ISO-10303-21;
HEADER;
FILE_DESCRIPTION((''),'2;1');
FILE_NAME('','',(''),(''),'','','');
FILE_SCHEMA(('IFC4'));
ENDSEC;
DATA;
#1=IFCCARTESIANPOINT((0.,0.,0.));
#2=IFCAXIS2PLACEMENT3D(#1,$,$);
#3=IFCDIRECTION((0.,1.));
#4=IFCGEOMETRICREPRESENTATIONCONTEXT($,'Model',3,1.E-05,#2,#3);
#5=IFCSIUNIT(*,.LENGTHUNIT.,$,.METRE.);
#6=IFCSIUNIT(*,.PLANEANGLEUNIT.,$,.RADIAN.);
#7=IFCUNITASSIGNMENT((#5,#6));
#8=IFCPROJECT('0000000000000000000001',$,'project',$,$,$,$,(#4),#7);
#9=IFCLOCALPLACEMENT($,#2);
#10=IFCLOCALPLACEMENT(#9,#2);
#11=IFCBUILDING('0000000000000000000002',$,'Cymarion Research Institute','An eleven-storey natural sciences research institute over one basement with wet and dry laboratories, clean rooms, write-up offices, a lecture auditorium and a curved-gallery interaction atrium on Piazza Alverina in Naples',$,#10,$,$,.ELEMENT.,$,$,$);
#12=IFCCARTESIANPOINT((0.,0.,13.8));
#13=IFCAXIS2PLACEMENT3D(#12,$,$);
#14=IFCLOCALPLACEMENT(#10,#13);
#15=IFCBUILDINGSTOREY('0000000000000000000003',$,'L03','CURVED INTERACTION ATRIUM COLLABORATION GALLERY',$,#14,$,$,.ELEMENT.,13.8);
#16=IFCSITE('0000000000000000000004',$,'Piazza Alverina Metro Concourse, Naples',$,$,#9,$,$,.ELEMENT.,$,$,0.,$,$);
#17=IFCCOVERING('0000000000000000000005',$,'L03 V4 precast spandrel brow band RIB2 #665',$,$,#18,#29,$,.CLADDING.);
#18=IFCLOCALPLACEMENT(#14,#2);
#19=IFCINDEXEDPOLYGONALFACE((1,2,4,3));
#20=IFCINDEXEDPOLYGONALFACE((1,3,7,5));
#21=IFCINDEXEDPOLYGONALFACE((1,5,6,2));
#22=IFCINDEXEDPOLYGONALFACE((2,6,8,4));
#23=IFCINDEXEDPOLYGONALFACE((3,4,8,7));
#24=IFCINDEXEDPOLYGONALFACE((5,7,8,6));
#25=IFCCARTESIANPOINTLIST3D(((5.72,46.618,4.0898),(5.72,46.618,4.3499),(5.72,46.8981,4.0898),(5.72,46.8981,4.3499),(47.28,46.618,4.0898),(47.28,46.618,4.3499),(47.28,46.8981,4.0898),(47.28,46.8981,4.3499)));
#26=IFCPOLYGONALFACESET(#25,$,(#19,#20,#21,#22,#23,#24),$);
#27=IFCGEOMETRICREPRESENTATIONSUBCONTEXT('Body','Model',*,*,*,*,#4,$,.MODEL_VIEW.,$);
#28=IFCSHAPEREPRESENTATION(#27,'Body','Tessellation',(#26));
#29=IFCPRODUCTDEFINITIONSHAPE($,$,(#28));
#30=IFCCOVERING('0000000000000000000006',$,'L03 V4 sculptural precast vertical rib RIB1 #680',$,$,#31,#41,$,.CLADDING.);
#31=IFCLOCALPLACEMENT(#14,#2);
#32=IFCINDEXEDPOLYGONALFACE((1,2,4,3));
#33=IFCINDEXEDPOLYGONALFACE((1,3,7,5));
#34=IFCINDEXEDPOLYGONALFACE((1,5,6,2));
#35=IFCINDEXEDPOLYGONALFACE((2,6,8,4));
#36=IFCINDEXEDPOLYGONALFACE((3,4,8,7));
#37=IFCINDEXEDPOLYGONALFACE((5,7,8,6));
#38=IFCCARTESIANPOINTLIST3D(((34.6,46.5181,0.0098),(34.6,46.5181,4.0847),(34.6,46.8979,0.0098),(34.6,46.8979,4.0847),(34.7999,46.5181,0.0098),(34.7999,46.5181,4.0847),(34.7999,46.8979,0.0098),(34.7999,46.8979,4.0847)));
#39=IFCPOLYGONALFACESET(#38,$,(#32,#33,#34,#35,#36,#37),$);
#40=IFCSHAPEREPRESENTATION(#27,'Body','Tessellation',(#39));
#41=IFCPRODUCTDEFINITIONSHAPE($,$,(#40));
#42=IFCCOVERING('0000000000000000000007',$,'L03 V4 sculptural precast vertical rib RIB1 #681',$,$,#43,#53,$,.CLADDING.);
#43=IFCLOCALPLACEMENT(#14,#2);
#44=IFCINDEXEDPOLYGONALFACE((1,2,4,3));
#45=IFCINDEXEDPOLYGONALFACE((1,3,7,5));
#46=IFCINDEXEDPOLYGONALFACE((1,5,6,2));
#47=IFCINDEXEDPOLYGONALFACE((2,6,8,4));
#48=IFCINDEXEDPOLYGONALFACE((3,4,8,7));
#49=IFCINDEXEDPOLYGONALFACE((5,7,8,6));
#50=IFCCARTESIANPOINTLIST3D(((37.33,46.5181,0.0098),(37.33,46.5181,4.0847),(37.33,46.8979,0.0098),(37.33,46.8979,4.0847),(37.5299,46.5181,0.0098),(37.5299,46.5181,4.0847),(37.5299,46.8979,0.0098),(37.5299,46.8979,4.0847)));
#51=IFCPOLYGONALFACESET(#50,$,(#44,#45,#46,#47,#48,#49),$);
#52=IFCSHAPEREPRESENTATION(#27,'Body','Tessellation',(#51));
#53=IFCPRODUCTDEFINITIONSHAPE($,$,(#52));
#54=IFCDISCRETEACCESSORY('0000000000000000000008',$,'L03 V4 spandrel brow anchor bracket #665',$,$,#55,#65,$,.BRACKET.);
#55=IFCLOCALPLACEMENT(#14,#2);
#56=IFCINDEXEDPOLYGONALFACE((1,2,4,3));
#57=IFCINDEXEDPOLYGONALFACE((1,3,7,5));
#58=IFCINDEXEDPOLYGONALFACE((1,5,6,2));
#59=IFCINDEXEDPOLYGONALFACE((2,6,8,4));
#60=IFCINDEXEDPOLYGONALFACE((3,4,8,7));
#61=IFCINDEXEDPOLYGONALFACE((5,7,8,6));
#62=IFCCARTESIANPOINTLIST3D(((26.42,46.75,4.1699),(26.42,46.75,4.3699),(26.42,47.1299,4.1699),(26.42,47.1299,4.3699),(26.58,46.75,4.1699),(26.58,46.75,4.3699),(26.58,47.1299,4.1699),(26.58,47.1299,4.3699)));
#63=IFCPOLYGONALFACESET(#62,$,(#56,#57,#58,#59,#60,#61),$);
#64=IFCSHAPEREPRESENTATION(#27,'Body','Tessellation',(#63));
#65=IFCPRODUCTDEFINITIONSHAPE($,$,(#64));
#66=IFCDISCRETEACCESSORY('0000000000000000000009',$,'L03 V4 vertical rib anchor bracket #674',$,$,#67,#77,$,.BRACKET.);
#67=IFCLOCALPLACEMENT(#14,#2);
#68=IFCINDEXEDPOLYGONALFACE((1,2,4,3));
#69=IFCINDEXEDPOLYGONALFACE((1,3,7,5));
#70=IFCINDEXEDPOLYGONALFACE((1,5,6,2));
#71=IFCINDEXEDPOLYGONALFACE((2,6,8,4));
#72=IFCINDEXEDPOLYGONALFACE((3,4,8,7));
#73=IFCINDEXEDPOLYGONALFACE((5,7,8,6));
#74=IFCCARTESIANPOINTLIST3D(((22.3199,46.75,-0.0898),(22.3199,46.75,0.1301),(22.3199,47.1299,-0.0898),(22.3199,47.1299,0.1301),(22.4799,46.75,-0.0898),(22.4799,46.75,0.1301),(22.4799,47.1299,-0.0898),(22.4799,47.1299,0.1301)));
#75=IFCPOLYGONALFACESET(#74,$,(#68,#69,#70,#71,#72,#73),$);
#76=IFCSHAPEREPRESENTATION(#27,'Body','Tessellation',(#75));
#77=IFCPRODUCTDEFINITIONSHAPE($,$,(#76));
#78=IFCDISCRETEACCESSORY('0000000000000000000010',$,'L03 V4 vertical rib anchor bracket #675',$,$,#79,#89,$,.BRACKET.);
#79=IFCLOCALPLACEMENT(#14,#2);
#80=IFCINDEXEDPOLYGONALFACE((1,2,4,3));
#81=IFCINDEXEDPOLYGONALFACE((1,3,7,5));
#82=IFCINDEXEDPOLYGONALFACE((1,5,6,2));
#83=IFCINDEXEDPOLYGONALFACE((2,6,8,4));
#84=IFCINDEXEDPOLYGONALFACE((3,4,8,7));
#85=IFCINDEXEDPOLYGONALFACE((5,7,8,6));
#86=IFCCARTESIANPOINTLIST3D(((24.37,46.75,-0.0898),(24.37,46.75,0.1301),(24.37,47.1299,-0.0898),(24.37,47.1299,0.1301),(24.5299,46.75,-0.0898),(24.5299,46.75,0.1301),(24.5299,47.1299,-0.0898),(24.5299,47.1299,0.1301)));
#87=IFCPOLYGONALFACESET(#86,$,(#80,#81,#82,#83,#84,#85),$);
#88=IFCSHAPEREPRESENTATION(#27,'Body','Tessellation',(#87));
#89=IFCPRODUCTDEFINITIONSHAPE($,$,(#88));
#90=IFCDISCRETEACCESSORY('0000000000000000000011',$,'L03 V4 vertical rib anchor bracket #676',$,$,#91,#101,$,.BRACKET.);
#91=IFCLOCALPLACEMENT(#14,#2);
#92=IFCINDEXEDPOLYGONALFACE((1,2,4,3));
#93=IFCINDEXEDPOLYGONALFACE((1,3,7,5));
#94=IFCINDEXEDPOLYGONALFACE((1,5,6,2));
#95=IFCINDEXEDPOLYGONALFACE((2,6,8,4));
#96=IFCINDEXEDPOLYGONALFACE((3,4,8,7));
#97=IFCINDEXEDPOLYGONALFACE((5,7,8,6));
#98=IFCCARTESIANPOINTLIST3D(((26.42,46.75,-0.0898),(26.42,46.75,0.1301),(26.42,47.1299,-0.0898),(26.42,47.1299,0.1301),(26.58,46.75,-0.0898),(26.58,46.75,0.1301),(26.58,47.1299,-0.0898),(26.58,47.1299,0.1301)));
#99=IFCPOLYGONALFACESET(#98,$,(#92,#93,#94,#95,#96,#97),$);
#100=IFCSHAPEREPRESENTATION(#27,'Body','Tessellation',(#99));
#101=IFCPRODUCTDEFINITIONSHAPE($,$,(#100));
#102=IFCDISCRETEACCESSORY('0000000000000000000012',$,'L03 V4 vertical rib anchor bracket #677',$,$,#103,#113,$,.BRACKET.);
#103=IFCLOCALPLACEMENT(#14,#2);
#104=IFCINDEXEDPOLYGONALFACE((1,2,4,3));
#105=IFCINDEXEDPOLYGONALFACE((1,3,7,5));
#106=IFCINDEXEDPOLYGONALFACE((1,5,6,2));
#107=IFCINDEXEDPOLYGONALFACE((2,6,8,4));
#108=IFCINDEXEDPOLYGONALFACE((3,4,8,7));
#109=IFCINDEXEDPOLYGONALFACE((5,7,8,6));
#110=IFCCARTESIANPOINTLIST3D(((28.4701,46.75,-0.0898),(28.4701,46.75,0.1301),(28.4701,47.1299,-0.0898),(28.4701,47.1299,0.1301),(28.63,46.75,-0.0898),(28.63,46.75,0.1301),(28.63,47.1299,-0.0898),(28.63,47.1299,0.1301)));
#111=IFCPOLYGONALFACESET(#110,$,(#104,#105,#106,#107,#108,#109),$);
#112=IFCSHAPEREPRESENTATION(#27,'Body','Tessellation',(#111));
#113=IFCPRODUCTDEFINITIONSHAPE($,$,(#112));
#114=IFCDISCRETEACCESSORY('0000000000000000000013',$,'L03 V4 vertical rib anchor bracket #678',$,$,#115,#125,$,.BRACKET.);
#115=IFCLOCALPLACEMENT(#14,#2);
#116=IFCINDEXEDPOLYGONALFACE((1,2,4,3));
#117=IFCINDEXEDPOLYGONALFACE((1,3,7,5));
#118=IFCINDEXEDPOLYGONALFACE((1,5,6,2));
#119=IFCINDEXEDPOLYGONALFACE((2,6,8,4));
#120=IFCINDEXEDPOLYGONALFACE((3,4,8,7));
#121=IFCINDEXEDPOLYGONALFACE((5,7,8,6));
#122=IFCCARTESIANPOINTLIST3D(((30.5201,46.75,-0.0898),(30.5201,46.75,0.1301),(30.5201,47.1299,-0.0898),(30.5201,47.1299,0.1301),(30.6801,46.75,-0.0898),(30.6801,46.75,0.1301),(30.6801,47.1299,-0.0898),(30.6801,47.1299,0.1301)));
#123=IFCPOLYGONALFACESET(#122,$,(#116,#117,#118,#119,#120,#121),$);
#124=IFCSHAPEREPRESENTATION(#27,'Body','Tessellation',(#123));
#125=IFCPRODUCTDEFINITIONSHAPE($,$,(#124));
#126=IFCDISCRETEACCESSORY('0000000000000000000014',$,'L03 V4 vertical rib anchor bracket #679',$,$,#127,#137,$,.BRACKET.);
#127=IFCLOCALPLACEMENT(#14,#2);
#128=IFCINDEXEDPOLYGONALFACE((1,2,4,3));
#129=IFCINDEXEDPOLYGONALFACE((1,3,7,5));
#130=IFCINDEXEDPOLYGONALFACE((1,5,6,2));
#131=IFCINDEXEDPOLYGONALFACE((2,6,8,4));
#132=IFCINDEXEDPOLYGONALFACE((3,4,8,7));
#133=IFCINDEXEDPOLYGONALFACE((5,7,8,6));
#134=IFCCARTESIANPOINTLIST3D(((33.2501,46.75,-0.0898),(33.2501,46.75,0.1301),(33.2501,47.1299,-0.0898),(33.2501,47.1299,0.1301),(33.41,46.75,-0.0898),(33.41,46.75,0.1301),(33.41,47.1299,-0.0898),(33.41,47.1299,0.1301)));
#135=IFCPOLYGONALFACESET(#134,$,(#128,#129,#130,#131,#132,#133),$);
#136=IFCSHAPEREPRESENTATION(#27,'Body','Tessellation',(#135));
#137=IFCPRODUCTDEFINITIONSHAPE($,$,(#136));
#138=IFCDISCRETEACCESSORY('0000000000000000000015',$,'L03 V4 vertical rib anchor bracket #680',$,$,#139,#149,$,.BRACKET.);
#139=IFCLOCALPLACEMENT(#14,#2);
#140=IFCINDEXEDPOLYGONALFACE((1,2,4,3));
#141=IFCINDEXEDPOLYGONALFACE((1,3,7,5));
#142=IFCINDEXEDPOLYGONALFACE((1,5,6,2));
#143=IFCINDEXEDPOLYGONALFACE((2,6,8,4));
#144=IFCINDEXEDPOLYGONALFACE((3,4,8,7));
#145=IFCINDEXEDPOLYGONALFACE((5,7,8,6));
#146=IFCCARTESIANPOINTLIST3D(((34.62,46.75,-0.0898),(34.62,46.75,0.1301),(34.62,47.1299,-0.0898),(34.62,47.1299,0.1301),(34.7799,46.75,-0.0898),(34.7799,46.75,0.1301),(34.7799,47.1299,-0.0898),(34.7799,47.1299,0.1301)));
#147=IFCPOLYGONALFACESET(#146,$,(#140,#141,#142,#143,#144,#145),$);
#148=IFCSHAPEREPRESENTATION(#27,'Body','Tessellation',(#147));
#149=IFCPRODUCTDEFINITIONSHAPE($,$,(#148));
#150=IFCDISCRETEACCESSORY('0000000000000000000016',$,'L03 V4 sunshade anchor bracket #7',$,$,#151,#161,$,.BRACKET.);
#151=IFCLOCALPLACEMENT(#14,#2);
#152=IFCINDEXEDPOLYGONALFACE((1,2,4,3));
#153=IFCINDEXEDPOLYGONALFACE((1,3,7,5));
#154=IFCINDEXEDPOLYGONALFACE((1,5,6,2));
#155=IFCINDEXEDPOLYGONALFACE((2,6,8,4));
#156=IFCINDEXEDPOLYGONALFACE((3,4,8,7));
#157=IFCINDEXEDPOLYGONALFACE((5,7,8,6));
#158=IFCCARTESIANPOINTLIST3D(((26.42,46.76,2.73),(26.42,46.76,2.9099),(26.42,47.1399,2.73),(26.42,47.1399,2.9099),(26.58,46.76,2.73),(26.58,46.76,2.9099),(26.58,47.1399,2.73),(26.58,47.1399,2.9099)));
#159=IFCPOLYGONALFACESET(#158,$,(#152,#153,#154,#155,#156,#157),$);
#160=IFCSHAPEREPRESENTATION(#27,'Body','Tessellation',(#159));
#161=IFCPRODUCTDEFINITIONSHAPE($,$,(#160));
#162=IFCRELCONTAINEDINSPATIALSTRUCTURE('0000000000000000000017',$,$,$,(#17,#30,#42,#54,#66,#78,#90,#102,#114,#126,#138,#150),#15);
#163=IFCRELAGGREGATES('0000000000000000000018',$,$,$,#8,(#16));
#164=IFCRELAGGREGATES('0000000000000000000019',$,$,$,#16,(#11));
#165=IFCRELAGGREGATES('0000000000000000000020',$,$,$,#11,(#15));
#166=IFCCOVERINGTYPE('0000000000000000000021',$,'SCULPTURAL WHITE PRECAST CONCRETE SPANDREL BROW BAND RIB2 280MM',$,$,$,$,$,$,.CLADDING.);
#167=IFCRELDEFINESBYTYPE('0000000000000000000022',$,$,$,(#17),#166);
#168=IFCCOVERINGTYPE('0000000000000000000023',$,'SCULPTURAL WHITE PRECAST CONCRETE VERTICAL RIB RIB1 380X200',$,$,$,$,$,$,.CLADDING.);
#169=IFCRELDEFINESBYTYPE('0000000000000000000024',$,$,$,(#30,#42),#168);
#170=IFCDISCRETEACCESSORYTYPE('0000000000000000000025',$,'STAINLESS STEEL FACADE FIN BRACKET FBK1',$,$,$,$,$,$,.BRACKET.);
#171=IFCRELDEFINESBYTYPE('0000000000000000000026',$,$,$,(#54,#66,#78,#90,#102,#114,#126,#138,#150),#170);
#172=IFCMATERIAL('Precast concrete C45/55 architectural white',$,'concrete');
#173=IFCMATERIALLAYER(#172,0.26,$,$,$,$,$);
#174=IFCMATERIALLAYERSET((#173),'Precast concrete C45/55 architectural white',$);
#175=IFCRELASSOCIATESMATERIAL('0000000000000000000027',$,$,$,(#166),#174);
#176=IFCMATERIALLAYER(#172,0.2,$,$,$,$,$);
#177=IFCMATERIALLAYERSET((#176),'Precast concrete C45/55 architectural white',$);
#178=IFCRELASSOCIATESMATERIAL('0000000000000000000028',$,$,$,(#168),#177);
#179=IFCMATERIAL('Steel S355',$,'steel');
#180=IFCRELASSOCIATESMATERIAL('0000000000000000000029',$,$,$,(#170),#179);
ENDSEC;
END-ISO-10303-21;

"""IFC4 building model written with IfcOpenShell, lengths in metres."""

from ifc_helpers import new_model, si_unit, direction, frame, origin, origin_2d, place, context, subcontext, project, spatial, rectangle, extrude, material, layer, layer_set, type_object, element, save


model = new_model("IFC4")

# Units and contexts
model_context = context("Model", 3, precision=1e-05, world=origin(), true_north=direction((0.0, 1.0)))
body_context = subcontext(model_context, "Body", "Model", "MODEL_VIEW")
ifc_project = project(units=[si_unit("LENGTHUNIT", "METRE"), si_unit("PLANEANGLEUNIT", "RADIAN")], contexts=[model_context])

# Site, building, storey
site_placement = place(None, origin())
site = spatial("IfcSite", under=ifc_project, at=site_placement, Name="Piazza Alverina Metro Concourse, Naples", CompositionType="ELEMENT", RefElevation=0.0)
building_placement = place(site_placement, origin())
building = spatial("IfcBuilding", under=site, at=building_placement, Name="Cymarion Research Institute", Description="An eleven-storey natural sciences research institute over one basement with wet and dry laboratories, clean rooms, write-up offices, a lecture auditorium and a curved-gallery interaction atrium on Piazza Alverina in Naples", CompositionType="ELEMENT")
storey_placement = place(building_placement, frame((0.0, 0.0, 13.8)))
storey = spatial("IfcBuildingStorey", under=building, at=storey_placement, Name="L03", Description="CURVED INTERACTION ATRIUM COLLABORATION GALLERY", CompositionType="ELEMENT", Elevation=13.8)

# Shared definitions
ifc_material_1 = material(Name="Steel S355", Category="steel")

# Coverings
ifc_material_2 = material(Name="Precast concrete C45/55 architectural white", Category="concrete")
ifc_layer_1 = layer(ifc_material_2, 0.26)
ifc_layer_set_1 = layer_set([ifc_layer_1], Name="Precast concrete C45/55 architectural white")
covering_type_1 = type_object("IfcCoveringType", Name="SCULPTURAL WHITE PRECAST CONCRETE SPANDREL BROW BAND RIB2 280MM", PredefinedType="CLADDING", material=ifc_layer_set_1)
covering_placement = place(storey_placement, frame((26.5, 46.7581, 4.0898), z_axis=(0.0, 0.0, 1.0), x_axis=(0.0, -1.0, 0.0)))
element("IfcCovering", 1, at=covering_placement, inside=storey, type_object=covering_type_1, Name="L03 V4 precast spandrel brow band RIB2 #665", PredefinedType="CLADDING", context=body_context, shape_type="SweptSolid", body=[
    extrude(rectangle(XDim=0.28, YDim=41.5601, at=origin_2d()), origin(), (0.0, 0.0, 1.0), 0.26),
])
ifc_layer_2 = layer(ifc_material_2, 0.2)
ifc_layer_set_2 = layer_set([ifc_layer_2], Name="Precast concrete C45/55 architectural white")
covering_type_2 = type_object("IfcCoveringType", Name="SCULPTURAL WHITE PRECAST CONCRETE VERTICAL RIB RIB1 380X200", PredefinedType="CLADDING", material=ifc_layer_set_2)
for number, where, z_axis, x_axis, name in (
    (2, (34.7, 46.708, 0.0098), (0.0, 0.0, 1.0), (0.0, -1.0, 0.0), "L03 V4 sculptural precast vertical rib RIB1 #680"),
    (3, (37.4299, 46.708, 0.0098), (0.0, 0.0, 1.0), (0.0, -1.0, 0.0), "L03 V4 sculptural precast vertical rib RIB1 #681"),
):
    element("IfcCovering", number, at=place(storey_placement, frame(where, z_axis=z_axis, x_axis=x_axis)), inside=storey, type_object=covering_type_2, Name=name, PredefinedType="CLADDING", context=body_context, shape_type="SweptSolid", body=[
        extrude(rectangle(XDim=0.3799, YDim=0.2, at=origin_2d()), origin(), (0.0, 0.0, 1.0), 4.075),
    ])

# Discrete accessories
discrete_accessory_type = type_object("IfcDiscreteAccessoryType", Name="STAINLESS STEEL FACADE FIN BRACKET FBK1", PredefinedType="BRACKET", material=ifc_material_1)
discrete_accessory_1_placement = place(storey_placement, frame((26.5, 46.9399, 4.1699), z_axis=(0.0, 0.0, 1.0), x_axis=(0.0, -1.0, 0.0)))
element("IfcDiscreteAccessory", 4, at=discrete_accessory_1_placement, inside=storey, type_object=discrete_accessory_type, Name="L03 V4 spandrel brow anchor bracket #665", PredefinedType="BRACKET", context=body_context, shape_type="SweptSolid", body=[
    extrude(rectangle(XDim=0.3799, YDim=0.1599, at=origin_2d()), origin(), (0.0, 0.0, 1.0), 0.2),
])
for number, where, z_axis, x_axis, name in (
    (5, (22.3999, 46.9399, -0.0898), (0.0, 0.0, 1.0), (0.0, -1.0, 0.0), "L03 V4 vertical rib anchor bracket #674"),
    (6, (24.45, 46.9399, -0.0898), (0.0, 0.0, 1.0), (0.0, -1.0, 0.0), "L03 V4 vertical rib anchor bracket #675"),
    (7, (26.5, 46.9399, -0.0898), (0.0, 0.0, 1.0), (0.0, -1.0, 0.0), "L03 V4 vertical rib anchor bracket #676"),
    (8, (28.55, 46.9399, -0.0898), (0.0, 0.0, 1.0), (0.0, -1.0, 0.0), "L03 V4 vertical rib anchor bracket #677"),
    (9, (30.6001, 46.9399, -0.0898), (0.0, 0.0, 1.0), (0.0, -1.0, 0.0), "L03 V4 vertical rib anchor bracket #678"),
    (10, (33.3301, 46.9399, -0.0898), (0.0, 0.0, 1.0), (0.0, -1.0, 0.0), "L03 V4 vertical rib anchor bracket #679"),
    (11, (34.7, 46.9399, -0.0898), (0.0, 0.0, 1.0), (0.0, -1.0, 0.0), "L03 V4 vertical rib anchor bracket #680"),
):
    element("IfcDiscreteAccessory", number, at=place(storey_placement, frame(where, z_axis=z_axis, x_axis=x_axis)), inside=storey, type_object=discrete_accessory_type, Name=name, PredefinedType="BRACKET", context=body_context, shape_type="SweptSolid", body=[
        extrude(rectangle(XDim=0.3799, YDim=0.1599, at=origin_2d()), origin(), (0.0, 0.0, 1.0), 0.22),
    ])
discrete_accessory_2_placement = place(storey_placement, frame((26.5, 46.95, 2.73), z_axis=(0.0, 0.0, 1.0), x_axis=(0.0, -1.0, 0.0)))
element("IfcDiscreteAccessory", 12, at=discrete_accessory_2_placement, inside=storey, type_object=discrete_accessory_type, Name="L03 V4 sunshade anchor bracket #7", PredefinedType="BRACKET", context=body_context, shape_type="SweptSolid", body=[
    extrude(rectangle(XDim=0.3799, YDim=0.1599, at=origin_2d()), origin(), (0.0, 0.0, 1.0), 0.1799),
])

save(model, "model.ifc")
